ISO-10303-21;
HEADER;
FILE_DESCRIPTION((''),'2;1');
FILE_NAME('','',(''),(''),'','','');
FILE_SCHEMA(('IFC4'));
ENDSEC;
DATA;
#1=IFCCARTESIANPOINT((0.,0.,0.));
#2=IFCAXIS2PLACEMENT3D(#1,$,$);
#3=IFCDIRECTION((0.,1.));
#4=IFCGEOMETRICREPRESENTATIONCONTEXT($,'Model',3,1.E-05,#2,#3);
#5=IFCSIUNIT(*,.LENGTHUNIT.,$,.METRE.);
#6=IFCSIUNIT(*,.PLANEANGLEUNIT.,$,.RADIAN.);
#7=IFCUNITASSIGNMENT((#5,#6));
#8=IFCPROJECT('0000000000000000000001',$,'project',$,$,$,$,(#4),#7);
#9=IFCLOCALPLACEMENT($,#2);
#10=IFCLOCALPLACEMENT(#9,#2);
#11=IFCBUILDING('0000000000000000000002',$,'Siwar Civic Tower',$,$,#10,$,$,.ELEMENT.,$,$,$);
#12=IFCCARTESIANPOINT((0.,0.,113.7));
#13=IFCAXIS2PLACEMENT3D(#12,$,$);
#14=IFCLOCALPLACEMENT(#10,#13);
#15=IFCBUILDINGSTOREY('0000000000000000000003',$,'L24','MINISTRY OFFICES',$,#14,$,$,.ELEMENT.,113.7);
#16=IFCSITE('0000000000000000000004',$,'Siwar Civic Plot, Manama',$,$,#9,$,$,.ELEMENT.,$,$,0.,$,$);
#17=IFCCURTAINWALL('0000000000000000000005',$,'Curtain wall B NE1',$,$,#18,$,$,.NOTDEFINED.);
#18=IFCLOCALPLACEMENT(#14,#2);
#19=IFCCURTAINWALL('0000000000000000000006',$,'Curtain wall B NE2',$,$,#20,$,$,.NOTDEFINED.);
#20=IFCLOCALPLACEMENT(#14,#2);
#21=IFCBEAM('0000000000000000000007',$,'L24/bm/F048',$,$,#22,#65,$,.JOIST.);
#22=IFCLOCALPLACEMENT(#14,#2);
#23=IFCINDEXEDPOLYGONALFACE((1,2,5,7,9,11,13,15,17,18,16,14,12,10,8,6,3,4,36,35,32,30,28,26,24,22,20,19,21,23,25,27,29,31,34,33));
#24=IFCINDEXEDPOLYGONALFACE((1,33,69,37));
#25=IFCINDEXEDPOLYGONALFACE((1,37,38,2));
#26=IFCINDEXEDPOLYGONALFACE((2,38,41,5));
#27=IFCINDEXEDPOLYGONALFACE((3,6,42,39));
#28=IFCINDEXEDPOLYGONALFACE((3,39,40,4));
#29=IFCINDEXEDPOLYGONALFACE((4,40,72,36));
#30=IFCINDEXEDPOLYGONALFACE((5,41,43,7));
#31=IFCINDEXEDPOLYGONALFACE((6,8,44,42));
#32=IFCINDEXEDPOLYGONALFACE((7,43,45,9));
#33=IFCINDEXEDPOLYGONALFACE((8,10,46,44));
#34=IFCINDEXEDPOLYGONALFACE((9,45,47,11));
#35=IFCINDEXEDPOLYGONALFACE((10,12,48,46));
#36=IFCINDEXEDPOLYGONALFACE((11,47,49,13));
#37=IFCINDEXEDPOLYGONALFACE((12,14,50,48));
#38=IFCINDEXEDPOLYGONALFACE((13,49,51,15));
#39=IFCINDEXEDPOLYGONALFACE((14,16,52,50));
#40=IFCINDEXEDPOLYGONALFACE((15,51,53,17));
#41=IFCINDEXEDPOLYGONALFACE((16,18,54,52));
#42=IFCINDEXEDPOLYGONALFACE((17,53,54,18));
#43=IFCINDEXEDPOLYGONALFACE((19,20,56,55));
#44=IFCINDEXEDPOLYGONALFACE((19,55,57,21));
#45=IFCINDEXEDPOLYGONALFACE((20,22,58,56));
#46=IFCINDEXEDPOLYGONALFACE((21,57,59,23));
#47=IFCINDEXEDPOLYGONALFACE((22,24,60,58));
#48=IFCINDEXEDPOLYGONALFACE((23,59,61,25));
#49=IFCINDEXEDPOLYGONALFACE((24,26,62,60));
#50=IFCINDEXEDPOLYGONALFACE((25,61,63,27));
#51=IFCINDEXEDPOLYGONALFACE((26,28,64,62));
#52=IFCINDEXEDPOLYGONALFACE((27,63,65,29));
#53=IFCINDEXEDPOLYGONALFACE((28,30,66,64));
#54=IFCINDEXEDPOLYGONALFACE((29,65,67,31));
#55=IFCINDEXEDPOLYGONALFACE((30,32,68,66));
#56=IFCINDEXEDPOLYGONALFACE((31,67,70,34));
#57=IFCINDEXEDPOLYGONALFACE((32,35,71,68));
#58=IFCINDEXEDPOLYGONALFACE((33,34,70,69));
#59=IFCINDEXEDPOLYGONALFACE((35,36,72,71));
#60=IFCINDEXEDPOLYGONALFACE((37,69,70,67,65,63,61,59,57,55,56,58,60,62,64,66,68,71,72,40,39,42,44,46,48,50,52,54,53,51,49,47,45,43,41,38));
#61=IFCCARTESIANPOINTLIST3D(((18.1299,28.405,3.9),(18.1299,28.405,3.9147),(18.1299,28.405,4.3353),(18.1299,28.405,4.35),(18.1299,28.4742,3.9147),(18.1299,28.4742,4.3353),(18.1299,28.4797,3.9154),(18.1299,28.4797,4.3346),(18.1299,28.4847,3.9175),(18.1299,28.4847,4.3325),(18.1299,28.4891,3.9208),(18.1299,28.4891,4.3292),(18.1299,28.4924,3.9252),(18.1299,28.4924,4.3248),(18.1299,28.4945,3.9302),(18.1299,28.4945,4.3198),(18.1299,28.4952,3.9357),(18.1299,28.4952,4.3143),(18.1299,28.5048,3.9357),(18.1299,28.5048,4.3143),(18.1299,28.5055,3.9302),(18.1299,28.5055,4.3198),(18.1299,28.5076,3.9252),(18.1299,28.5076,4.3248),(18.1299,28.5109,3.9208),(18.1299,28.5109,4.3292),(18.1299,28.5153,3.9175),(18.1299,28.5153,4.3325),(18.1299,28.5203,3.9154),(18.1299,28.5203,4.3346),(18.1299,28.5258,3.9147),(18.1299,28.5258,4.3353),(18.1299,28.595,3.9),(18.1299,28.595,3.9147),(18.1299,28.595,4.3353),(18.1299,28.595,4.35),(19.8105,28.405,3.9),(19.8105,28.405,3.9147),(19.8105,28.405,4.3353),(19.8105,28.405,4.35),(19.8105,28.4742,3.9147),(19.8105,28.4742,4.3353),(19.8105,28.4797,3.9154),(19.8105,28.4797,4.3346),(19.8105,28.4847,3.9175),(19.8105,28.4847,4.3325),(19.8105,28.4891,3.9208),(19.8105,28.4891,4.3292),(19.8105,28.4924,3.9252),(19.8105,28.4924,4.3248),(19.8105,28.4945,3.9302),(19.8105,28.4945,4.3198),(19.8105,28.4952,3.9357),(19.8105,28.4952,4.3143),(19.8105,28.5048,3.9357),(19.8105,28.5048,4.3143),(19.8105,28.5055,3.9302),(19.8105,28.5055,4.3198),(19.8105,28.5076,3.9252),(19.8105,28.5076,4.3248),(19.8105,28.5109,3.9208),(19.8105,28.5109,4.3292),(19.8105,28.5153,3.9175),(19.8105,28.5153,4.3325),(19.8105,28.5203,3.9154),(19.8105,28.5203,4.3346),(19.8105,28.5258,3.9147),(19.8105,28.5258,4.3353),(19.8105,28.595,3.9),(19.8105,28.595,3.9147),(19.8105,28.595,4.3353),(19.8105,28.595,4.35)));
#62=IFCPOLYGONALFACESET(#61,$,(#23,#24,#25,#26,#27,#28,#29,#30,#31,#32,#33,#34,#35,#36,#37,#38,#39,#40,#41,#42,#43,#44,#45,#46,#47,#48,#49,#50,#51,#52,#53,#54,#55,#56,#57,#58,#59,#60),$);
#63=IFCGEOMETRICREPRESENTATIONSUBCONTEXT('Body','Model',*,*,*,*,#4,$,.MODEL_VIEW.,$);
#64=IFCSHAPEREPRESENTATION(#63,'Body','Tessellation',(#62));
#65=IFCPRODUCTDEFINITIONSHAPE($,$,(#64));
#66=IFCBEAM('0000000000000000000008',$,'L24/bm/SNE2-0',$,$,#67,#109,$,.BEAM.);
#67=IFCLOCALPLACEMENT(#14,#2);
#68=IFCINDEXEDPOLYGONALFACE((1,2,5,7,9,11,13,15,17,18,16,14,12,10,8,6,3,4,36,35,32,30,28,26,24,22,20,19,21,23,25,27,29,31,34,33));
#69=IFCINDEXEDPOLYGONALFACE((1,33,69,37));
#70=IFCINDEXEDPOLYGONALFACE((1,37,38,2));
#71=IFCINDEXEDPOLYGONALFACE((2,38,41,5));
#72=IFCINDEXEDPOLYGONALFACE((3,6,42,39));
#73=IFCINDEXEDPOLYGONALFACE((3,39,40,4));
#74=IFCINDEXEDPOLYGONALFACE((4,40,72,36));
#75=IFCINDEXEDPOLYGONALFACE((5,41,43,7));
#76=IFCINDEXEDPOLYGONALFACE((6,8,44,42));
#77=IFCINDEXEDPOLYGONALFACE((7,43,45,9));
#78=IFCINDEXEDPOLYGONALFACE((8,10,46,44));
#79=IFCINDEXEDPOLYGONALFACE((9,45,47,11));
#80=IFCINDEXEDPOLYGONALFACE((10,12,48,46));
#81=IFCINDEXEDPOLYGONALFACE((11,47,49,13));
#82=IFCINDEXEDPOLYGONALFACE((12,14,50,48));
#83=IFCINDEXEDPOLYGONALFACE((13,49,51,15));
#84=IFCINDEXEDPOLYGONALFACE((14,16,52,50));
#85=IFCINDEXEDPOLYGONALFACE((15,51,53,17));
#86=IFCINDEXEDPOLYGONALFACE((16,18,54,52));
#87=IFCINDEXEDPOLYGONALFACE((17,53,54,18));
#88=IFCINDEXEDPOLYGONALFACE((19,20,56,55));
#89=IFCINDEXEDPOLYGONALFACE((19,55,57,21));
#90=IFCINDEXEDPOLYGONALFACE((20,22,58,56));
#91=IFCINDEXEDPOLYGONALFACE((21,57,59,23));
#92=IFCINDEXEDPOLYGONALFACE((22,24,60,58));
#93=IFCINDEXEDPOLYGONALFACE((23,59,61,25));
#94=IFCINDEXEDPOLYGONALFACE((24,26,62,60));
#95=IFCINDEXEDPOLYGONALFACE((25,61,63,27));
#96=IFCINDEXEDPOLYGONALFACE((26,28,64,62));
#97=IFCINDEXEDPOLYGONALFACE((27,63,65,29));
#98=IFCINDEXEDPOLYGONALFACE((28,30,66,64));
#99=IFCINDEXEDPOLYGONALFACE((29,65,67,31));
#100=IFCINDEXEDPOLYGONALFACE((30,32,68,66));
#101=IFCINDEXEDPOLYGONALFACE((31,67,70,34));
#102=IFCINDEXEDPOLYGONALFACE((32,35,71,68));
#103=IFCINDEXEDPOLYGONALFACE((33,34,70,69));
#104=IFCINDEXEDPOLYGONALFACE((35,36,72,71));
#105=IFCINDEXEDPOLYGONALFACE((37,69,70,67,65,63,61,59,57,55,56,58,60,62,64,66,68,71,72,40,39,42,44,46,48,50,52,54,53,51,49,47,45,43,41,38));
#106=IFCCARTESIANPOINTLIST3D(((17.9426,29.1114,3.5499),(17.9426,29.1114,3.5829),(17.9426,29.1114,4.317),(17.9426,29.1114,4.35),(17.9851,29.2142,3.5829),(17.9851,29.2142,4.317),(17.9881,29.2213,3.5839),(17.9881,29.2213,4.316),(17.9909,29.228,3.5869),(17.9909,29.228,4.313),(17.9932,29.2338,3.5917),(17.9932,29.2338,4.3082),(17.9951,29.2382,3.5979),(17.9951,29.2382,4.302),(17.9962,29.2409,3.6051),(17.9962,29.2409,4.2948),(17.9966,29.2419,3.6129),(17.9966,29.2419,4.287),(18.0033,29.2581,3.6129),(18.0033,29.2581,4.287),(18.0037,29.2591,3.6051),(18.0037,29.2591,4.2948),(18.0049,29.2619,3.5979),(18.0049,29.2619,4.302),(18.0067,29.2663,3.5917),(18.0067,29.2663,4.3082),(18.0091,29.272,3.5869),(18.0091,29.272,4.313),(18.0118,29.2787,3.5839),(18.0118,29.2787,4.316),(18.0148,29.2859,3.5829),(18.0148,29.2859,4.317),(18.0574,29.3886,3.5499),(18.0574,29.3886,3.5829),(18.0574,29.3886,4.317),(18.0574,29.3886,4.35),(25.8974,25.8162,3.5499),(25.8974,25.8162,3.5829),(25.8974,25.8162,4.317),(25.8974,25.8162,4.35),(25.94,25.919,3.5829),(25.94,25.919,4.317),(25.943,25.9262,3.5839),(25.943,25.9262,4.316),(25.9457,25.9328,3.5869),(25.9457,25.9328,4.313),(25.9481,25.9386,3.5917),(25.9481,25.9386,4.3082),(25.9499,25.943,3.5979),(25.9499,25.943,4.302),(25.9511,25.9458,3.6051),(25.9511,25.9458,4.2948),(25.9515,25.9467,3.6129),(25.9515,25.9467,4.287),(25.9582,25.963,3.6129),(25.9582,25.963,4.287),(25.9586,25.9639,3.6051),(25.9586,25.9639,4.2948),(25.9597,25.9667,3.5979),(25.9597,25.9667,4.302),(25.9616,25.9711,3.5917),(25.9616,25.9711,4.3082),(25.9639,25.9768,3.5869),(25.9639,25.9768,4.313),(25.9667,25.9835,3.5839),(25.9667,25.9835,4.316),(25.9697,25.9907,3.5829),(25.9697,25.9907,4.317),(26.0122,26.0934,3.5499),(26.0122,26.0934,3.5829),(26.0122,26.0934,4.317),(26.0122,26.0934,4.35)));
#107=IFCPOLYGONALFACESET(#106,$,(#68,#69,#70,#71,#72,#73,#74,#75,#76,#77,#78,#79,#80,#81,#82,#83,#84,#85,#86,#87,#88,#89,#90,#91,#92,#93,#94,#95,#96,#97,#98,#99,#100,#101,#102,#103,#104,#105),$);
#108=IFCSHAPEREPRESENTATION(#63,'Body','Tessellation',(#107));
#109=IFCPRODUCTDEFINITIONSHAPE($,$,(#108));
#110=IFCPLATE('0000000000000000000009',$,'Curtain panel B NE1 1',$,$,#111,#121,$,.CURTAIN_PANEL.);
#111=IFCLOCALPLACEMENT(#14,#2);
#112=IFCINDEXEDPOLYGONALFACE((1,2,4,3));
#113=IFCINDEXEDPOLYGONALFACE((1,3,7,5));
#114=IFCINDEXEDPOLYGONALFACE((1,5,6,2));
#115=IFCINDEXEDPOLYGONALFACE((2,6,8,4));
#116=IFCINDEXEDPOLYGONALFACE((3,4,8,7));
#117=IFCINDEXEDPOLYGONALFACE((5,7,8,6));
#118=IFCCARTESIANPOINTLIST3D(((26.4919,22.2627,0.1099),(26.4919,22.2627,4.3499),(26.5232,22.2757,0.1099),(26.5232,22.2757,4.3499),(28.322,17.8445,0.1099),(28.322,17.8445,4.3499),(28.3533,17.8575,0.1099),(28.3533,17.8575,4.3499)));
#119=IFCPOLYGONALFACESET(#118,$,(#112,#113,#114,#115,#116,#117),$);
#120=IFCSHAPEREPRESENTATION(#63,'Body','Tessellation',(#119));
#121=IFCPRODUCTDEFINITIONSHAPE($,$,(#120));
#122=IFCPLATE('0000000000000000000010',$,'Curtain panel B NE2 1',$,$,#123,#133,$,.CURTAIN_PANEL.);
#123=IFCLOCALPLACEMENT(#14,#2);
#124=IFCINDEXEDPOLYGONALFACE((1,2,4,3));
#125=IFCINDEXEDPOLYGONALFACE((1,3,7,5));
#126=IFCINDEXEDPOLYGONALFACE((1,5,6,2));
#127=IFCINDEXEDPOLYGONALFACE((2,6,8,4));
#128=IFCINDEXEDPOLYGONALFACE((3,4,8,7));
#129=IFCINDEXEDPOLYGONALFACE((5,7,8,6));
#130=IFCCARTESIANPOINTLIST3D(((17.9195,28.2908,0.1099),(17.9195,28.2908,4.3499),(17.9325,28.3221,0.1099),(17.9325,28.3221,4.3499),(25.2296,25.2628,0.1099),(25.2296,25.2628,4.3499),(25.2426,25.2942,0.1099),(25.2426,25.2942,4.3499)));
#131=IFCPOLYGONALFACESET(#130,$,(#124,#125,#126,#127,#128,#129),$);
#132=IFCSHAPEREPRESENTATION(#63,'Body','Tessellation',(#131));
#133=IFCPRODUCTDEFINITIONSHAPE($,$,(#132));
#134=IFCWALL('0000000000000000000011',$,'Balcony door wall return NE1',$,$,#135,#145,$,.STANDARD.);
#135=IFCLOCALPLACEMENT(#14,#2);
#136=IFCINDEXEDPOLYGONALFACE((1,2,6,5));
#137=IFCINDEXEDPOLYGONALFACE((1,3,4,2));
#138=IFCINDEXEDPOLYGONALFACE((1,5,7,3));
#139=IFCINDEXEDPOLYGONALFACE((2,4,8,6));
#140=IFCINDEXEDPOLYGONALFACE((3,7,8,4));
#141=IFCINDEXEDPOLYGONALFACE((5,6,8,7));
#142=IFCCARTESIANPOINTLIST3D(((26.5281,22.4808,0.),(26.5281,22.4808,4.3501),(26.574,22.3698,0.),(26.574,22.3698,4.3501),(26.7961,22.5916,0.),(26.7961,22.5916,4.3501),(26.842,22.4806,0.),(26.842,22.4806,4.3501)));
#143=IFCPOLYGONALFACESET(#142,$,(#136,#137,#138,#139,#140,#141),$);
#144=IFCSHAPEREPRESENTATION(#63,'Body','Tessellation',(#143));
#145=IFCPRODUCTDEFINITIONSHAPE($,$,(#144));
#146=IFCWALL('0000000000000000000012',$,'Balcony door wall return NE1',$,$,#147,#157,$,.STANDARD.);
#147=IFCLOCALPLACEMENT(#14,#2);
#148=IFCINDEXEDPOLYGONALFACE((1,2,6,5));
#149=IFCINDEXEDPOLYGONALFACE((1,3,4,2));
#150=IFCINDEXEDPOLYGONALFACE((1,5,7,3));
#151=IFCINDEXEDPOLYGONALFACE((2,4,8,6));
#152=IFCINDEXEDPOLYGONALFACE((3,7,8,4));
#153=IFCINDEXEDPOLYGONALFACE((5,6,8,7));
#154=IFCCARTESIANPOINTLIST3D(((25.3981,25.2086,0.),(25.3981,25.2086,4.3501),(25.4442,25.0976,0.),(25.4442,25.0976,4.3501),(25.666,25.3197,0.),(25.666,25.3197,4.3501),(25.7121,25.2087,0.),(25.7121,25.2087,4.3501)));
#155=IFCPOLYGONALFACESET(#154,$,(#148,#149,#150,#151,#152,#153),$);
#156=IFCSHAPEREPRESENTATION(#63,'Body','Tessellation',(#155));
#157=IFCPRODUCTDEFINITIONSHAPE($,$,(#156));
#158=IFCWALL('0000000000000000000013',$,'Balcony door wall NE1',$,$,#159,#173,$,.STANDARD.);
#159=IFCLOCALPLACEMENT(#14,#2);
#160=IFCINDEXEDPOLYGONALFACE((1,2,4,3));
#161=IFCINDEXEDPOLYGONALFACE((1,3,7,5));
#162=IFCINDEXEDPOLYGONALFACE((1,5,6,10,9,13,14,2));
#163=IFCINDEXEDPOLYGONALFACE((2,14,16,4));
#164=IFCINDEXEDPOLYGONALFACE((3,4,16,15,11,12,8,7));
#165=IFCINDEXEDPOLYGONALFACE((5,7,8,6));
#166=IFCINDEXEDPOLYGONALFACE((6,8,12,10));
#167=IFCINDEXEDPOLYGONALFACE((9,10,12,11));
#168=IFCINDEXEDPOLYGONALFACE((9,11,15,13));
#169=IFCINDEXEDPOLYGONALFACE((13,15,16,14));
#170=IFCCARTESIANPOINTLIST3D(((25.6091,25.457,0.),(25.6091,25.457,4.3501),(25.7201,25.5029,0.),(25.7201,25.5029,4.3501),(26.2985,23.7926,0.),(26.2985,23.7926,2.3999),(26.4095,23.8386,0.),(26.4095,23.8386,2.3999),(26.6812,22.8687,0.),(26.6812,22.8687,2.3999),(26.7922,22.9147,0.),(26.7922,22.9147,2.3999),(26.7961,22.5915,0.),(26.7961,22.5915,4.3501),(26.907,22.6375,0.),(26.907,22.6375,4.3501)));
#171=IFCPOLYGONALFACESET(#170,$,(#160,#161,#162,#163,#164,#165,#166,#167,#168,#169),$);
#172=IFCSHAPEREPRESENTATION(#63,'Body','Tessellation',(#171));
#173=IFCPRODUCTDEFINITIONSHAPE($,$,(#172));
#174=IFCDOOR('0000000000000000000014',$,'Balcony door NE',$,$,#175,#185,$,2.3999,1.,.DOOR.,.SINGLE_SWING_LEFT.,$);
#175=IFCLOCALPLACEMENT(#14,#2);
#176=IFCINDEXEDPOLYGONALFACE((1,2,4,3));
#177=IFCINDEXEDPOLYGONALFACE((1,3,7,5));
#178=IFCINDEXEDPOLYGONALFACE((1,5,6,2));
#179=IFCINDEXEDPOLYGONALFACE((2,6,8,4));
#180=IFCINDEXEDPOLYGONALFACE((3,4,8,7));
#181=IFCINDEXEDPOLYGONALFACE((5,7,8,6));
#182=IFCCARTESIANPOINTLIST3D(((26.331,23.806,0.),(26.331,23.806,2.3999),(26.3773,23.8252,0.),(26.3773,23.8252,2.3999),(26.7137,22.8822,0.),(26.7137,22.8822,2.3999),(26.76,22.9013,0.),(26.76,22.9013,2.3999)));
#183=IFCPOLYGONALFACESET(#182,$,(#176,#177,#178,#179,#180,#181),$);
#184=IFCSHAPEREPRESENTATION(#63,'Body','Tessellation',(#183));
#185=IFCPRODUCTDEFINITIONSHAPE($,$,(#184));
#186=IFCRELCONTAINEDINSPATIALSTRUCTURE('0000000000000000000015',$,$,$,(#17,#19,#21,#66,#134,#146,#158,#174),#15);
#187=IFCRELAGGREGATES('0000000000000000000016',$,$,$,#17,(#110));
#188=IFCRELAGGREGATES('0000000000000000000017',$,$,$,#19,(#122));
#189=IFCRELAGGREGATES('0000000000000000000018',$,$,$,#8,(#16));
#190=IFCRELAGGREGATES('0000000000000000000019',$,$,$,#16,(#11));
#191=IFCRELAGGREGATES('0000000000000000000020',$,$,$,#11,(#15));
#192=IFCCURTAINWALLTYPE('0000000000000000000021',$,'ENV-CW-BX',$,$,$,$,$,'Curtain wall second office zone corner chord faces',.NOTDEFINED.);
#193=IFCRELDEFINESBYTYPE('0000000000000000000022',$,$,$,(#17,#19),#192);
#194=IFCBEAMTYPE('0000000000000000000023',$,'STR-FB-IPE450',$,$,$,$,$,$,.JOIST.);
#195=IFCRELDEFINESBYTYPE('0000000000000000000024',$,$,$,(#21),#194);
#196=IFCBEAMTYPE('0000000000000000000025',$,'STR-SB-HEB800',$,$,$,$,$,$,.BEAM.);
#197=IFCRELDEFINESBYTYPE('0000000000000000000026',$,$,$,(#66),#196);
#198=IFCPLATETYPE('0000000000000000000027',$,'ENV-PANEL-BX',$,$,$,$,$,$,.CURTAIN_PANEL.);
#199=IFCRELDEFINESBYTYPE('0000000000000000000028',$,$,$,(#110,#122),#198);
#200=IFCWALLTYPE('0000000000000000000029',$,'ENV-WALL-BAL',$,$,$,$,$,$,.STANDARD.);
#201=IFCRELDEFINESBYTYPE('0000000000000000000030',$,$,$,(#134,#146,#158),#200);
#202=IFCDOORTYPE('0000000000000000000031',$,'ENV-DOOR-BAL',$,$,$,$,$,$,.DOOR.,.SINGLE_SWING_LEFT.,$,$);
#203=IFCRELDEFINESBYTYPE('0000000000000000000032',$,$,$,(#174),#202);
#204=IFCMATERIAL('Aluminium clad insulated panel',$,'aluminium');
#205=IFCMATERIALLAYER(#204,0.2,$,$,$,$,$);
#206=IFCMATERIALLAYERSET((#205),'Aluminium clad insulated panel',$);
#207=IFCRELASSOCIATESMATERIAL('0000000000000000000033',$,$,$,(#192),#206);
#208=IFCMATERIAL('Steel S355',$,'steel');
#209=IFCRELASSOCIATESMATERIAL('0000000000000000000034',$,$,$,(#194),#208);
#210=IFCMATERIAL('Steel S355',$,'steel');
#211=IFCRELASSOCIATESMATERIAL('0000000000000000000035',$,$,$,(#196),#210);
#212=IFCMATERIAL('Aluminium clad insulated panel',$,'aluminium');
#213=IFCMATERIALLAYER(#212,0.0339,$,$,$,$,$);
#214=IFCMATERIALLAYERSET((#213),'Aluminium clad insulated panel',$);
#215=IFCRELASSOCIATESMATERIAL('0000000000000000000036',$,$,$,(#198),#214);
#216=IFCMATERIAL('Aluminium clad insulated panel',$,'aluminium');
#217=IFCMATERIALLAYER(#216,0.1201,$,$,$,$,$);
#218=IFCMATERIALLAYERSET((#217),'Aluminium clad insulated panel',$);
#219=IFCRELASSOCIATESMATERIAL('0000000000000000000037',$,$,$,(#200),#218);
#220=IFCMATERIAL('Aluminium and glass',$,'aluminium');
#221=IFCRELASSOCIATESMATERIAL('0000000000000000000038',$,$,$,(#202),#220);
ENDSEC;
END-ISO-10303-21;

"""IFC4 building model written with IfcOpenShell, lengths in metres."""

from ifc_helpers import new_model, si_unit, direction, frame, frame_2d, origin, origin_2d, place, context, subcontext, project, spatial, rectangle, i_section, extrude, material, layer, layer_set, material_profile, profile_set, type_object, element, fill, aggregate, save


model = new_model("IFC4")

# Units and contexts
model_context = context("Model", 3, precision=1e-05, world=origin(), true_north=direction((0.0, 1.0)))
body_context = subcontext(model_context, "Body", "Model", "MODEL_VIEW")
ifc_project = project(units=[si_unit("LENGTHUNIT", "METRE"), si_unit("PLANEANGLEUNIT", "RADIAN")], contexts=[model_context])

# Site, building, storey
site_placement = place(None, origin())
site = spatial("IfcSite", under=ifc_project, at=site_placement, Name="Siwar Civic Plot, Manama", CompositionType="ELEMENT", RefElevation=0.0)
building_placement = place(site_placement, origin())
building = spatial("IfcBuilding", under=site, at=building_placement, Name="Siwar Civic Tower", CompositionType="ELEMENT")
storey_placement = place(building_placement, frame((0.0, 0.0, 113.7)))
storey = spatial("IfcBuildingStorey", under=building, at=storey_placement, Name="L24", Description="MINISTRY OFFICES", CompositionType="ELEMENT", Elevation=113.7)

# Curtain wall
ifc_material_1 = material(Name="Aluminium clad insulated panel", Category="aluminium")
ifc_layer_1 = layer(ifc_material_1, 0.2)
ifc_layer_set_1 = layer_set([ifc_layer_1], Name="Aluminium clad insulated panel")
curtain_wall_type = type_object("IfcCurtainWallType", Name="ENV-CW-BX", ElementType="Curtain wall second office zone corner chord faces", PredefinedType="NOTDEFINED", material=ifc_layer_set_1)
curtain_wall_1_placement = place(storey_placement, origin())
curtain_wall_1 = element("IfcCurtainWall", 1, at=curtain_wall_1_placement, inside=storey, type_object=curtain_wall_type, Name="Curtain wall B NE1", PredefinedType="NOTDEFINED")

# Curtain wall
curtain_wall_2_placement = place(storey_placement, origin())
curtain_wall_2 = element("IfcCurtainWall", 2, at=curtain_wall_2_placement, inside=storey, type_object=curtain_wall_type, Name="Curtain wall B NE2", PredefinedType="NOTDEFINED")

# Beams
ifc_material_2 = material(Name="Steel S355", Category="steel")
ifc_material_profile_1 = material_profile(ifc_material_2, i_section(OverallWidth=0.1899, OverallDepth=0.45, WebThickness=0.0095, FlangeThickness=0.0146, FilletRadius=0.021, at=origin_2d()), Name="IPE450")
ifc_profile_set_1 = profile_set([ifc_material_profile_1], Name="Steel S355")
beam_type_1 = type_object("IfcBeamType", Name="STR-FB-IPE450", PredefinedType="JOIST", material=ifc_profile_set_1)
beam_1_placement = place(storey_placement, frame((18.1299, 28.5, 4.125), z_axis=(1.0, 0.0, 0.0), x_axis=(0.0, 1.0, 0.0)))
element("IfcBeam", 3, at=beam_1_placement, inside=storey, type_object=beam_type_1, Name="L24/bm/F048", PredefinedType="JOIST", context=body_context, shape_type="SweptSolid", body=[
    extrude(i_section(OverallWidth=0.1899, OverallDepth=0.45, WebThickness=0.0095, FlangeThickness=0.0146, FilletRadius=0.021, at=origin_2d()), origin(), (0.0, 0.0, 1.0), 1.6807),
])
ifc_material_3 = material(Name="Steel S355", Category="steel")
ifc_material_profile_2 = material_profile(ifc_material_3, i_section(OverallWidth=0.3, OverallDepth=0.8, WebThickness=0.0176, FlangeThickness=0.033, FilletRadius=0.03, at=origin_2d()), Name="HEB800")
ifc_profile_set_2 = profile_set([ifc_material_profile_2], Name="Steel S355")
beam_type_2 = type_object("IfcBeamType", Name="STR-SB-HEB800", PredefinedType="BEAM", material=ifc_profile_set_2)
beam_2_placement = place(storey_placement, frame((25.9548, 25.9548, 3.95), z_axis=(-0.923873, 0.3827, 0.0), x_axis=(-0.3827, -0.923873, 0.0)))
element("IfcBeam", 4, at=beam_2_placement, inside=storey, type_object=beam_type_2, Name="L24/bm/SNE2-0", PredefinedType="BEAM", context=body_context, shape_type="SweptSolid", body=[
    extrude(i_section(OverallWidth=0.3, OverallDepth=0.8, WebThickness=0.0176, FlangeThickness=0.033, FilletRadius=0.03, at=origin_2d()), origin(), (0.0, 0.0, 1.0), 8.6104),
])

# Plates
ifc_material_4 = material(Name="Aluminium clad insulated panel", Category="aluminium")
ifc_layer_2 = layer(ifc_material_4, 0.0339)
ifc_layer_set_2 = layer_set([ifc_layer_2], Name="Aluminium clad insulated panel")
plate_type = type_object("IfcPlateType", Name="ENV-PANEL-BX", PredefinedType="CURTAIN_PANEL", material=ifc_layer_set_2)
plate_1_placement = place(storey_placement, frame((27.4226, 20.0601, 0.1099), z_axis=(0.0, 0.0, 1.0), x_axis=(-0.382683, 0.92388, 0.0)))
plate_1 = element("IfcPlate", 5, at=plate_1_placement, type_object=plate_type, Name="Curtain panel B NE1 1", PredefinedType="CURTAIN_PANEL", context=body_context, shape_type="SweptSolid", body=[
    extrude(rectangle(XDim=4.7822, YDim=0.0339, at=origin_2d()), origin(), (0.0, 0.0, 1.0), 4.24),
])
aggregate(curtain_wall_1, [plate_1])
plate_2_placement = place(storey_placement, frame((21.5811, 26.7925, 0.1099), z_axis=(0.0, 0.0, 1.0), x_axis=(-0.92388, 0.382683, 0.0)))
plate_2 = element("IfcPlate", 6, at=plate_2_placement, type_object=plate_type, Name="Curtain panel B NE2 1", PredefinedType="CURTAIN_PANEL", context=body_context, shape_type="SweptSolid", body=[
    extrude(rectangle(XDim=7.9124, YDim=0.0339, at=origin_2d()), origin(), (0.0, 0.0, 1.0), 4.24),
])
aggregate(curtain_wall_2, [plate_2])

# Walls
ifc_material_5 = material(Name="Aluminium clad insulated panel", Category="aluminium")
ifc_layer_3 = layer(ifc_material_5, 0.1201)
ifc_layer_set_3 = layer_set([ifc_layer_3], Name="Aluminium clad insulated panel")
wall_type = type_object("IfcWallType", Name="ENV-WALL-BAL", PredefinedType="STANDARD", material=ifc_layer_set_3)
for number, where, z_axis, x_axis, name in (
    (7, (26.551, 22.4253, 0.0), (0.0, 0.0, 1.0), (0.924119, 0.382104, 0.0), "Balcony door wall return NE1"),
    (8, (25.4211, 25.1531, 0.0), (0.0, 0.0, 1.0), (0.923699, 0.38312, 0.0), "Balcony door wall return NE1"),
):
    element("IfcWall", number, at=place(storey_placement, frame(where, z_axis=z_axis, x_axis=x_axis)), inside=storey, type_object=wall_type, Name=name, PredefinedType="STANDARD", context=body_context, shape_type="SweptSolid", body=[
        extrude(rectangle(XDim=0.29, YDim=0.1201, at=frame_2d((0.145, 0.0))), origin(), (0.0, 0.0, 1.0), 4.3501),
    ])

# Wall, opening, door
wall_placement = place(storey_placement, frame((26.8516, 22.6145, 0.0), z_axis=(0.0, 0.0, 1.0), x_axis=(-0.382709, 0.923869, 0.0)))
wall = element("IfcWall", 9, at=wall_placement, inside=storey, type_object=wall_type, Name="Balcony door wall NE1", PredefinedType="STANDARD", context=body_context, shape_type="SweptSolid", body=[
    extrude(rectangle(XDim=3.1016, YDim=0.1201, at=frame_2d((1.5508, 0.0))), origin(), (0.0, 0.0, 1.0), 4.3501),
])
opening_placement = place(wall_placement, frame((0.3, 0.0, 0.0)))
opening = element("IfcOpeningElement", 10, at=opening_placement, cuts=wall, PredefinedType="OPENING", context=body_context, shape_type="SweptSolid", body=[
    extrude(rectangle(XDim=1.0, YDim=2.3999, at=frame_2d((0.5, 1.2))), frame((0.0, 0.0701, 0.0), z_axis=(0.0, -1.0, 0.0), x_axis=(1.0, 0.0, 0.0)), (0.0, 0.0, 1.0), 0.1401),
])
ifc_material_6 = material(Name="Aluminium and glass", Category="aluminium")
door_type = type_object("IfcDoorType", Name="ENV-DOOR-BAL", OperationType="SINGLE_SWING_LEFT", PredefinedType="DOOR", material=ifc_material_6)
door_placement = place(opening_placement, origin())
door = element("IfcDoor", 11, at=door_placement, inside=storey, type_object=door_type, Name="Balcony door NE", OperationType="SINGLE_SWING_LEFT", OverallHeight=2.3999, OverallWidth=1.0, PredefinedType="DOOR", context=body_context, shape_type="SweptSolid", body=[
    extrude(rectangle(XDim=1.0, YDim=2.3999, at=frame_2d((0.5, 1.2))), frame((0.0, 0.0249, 0.0), z_axis=(0.0, -1.0, 0.0), x_axis=(1.0, 0.0, 0.0)), (0.0, 0.0, 1.0), 0.05),
])
fill(opening, door)

save(model, "model.ifc")
